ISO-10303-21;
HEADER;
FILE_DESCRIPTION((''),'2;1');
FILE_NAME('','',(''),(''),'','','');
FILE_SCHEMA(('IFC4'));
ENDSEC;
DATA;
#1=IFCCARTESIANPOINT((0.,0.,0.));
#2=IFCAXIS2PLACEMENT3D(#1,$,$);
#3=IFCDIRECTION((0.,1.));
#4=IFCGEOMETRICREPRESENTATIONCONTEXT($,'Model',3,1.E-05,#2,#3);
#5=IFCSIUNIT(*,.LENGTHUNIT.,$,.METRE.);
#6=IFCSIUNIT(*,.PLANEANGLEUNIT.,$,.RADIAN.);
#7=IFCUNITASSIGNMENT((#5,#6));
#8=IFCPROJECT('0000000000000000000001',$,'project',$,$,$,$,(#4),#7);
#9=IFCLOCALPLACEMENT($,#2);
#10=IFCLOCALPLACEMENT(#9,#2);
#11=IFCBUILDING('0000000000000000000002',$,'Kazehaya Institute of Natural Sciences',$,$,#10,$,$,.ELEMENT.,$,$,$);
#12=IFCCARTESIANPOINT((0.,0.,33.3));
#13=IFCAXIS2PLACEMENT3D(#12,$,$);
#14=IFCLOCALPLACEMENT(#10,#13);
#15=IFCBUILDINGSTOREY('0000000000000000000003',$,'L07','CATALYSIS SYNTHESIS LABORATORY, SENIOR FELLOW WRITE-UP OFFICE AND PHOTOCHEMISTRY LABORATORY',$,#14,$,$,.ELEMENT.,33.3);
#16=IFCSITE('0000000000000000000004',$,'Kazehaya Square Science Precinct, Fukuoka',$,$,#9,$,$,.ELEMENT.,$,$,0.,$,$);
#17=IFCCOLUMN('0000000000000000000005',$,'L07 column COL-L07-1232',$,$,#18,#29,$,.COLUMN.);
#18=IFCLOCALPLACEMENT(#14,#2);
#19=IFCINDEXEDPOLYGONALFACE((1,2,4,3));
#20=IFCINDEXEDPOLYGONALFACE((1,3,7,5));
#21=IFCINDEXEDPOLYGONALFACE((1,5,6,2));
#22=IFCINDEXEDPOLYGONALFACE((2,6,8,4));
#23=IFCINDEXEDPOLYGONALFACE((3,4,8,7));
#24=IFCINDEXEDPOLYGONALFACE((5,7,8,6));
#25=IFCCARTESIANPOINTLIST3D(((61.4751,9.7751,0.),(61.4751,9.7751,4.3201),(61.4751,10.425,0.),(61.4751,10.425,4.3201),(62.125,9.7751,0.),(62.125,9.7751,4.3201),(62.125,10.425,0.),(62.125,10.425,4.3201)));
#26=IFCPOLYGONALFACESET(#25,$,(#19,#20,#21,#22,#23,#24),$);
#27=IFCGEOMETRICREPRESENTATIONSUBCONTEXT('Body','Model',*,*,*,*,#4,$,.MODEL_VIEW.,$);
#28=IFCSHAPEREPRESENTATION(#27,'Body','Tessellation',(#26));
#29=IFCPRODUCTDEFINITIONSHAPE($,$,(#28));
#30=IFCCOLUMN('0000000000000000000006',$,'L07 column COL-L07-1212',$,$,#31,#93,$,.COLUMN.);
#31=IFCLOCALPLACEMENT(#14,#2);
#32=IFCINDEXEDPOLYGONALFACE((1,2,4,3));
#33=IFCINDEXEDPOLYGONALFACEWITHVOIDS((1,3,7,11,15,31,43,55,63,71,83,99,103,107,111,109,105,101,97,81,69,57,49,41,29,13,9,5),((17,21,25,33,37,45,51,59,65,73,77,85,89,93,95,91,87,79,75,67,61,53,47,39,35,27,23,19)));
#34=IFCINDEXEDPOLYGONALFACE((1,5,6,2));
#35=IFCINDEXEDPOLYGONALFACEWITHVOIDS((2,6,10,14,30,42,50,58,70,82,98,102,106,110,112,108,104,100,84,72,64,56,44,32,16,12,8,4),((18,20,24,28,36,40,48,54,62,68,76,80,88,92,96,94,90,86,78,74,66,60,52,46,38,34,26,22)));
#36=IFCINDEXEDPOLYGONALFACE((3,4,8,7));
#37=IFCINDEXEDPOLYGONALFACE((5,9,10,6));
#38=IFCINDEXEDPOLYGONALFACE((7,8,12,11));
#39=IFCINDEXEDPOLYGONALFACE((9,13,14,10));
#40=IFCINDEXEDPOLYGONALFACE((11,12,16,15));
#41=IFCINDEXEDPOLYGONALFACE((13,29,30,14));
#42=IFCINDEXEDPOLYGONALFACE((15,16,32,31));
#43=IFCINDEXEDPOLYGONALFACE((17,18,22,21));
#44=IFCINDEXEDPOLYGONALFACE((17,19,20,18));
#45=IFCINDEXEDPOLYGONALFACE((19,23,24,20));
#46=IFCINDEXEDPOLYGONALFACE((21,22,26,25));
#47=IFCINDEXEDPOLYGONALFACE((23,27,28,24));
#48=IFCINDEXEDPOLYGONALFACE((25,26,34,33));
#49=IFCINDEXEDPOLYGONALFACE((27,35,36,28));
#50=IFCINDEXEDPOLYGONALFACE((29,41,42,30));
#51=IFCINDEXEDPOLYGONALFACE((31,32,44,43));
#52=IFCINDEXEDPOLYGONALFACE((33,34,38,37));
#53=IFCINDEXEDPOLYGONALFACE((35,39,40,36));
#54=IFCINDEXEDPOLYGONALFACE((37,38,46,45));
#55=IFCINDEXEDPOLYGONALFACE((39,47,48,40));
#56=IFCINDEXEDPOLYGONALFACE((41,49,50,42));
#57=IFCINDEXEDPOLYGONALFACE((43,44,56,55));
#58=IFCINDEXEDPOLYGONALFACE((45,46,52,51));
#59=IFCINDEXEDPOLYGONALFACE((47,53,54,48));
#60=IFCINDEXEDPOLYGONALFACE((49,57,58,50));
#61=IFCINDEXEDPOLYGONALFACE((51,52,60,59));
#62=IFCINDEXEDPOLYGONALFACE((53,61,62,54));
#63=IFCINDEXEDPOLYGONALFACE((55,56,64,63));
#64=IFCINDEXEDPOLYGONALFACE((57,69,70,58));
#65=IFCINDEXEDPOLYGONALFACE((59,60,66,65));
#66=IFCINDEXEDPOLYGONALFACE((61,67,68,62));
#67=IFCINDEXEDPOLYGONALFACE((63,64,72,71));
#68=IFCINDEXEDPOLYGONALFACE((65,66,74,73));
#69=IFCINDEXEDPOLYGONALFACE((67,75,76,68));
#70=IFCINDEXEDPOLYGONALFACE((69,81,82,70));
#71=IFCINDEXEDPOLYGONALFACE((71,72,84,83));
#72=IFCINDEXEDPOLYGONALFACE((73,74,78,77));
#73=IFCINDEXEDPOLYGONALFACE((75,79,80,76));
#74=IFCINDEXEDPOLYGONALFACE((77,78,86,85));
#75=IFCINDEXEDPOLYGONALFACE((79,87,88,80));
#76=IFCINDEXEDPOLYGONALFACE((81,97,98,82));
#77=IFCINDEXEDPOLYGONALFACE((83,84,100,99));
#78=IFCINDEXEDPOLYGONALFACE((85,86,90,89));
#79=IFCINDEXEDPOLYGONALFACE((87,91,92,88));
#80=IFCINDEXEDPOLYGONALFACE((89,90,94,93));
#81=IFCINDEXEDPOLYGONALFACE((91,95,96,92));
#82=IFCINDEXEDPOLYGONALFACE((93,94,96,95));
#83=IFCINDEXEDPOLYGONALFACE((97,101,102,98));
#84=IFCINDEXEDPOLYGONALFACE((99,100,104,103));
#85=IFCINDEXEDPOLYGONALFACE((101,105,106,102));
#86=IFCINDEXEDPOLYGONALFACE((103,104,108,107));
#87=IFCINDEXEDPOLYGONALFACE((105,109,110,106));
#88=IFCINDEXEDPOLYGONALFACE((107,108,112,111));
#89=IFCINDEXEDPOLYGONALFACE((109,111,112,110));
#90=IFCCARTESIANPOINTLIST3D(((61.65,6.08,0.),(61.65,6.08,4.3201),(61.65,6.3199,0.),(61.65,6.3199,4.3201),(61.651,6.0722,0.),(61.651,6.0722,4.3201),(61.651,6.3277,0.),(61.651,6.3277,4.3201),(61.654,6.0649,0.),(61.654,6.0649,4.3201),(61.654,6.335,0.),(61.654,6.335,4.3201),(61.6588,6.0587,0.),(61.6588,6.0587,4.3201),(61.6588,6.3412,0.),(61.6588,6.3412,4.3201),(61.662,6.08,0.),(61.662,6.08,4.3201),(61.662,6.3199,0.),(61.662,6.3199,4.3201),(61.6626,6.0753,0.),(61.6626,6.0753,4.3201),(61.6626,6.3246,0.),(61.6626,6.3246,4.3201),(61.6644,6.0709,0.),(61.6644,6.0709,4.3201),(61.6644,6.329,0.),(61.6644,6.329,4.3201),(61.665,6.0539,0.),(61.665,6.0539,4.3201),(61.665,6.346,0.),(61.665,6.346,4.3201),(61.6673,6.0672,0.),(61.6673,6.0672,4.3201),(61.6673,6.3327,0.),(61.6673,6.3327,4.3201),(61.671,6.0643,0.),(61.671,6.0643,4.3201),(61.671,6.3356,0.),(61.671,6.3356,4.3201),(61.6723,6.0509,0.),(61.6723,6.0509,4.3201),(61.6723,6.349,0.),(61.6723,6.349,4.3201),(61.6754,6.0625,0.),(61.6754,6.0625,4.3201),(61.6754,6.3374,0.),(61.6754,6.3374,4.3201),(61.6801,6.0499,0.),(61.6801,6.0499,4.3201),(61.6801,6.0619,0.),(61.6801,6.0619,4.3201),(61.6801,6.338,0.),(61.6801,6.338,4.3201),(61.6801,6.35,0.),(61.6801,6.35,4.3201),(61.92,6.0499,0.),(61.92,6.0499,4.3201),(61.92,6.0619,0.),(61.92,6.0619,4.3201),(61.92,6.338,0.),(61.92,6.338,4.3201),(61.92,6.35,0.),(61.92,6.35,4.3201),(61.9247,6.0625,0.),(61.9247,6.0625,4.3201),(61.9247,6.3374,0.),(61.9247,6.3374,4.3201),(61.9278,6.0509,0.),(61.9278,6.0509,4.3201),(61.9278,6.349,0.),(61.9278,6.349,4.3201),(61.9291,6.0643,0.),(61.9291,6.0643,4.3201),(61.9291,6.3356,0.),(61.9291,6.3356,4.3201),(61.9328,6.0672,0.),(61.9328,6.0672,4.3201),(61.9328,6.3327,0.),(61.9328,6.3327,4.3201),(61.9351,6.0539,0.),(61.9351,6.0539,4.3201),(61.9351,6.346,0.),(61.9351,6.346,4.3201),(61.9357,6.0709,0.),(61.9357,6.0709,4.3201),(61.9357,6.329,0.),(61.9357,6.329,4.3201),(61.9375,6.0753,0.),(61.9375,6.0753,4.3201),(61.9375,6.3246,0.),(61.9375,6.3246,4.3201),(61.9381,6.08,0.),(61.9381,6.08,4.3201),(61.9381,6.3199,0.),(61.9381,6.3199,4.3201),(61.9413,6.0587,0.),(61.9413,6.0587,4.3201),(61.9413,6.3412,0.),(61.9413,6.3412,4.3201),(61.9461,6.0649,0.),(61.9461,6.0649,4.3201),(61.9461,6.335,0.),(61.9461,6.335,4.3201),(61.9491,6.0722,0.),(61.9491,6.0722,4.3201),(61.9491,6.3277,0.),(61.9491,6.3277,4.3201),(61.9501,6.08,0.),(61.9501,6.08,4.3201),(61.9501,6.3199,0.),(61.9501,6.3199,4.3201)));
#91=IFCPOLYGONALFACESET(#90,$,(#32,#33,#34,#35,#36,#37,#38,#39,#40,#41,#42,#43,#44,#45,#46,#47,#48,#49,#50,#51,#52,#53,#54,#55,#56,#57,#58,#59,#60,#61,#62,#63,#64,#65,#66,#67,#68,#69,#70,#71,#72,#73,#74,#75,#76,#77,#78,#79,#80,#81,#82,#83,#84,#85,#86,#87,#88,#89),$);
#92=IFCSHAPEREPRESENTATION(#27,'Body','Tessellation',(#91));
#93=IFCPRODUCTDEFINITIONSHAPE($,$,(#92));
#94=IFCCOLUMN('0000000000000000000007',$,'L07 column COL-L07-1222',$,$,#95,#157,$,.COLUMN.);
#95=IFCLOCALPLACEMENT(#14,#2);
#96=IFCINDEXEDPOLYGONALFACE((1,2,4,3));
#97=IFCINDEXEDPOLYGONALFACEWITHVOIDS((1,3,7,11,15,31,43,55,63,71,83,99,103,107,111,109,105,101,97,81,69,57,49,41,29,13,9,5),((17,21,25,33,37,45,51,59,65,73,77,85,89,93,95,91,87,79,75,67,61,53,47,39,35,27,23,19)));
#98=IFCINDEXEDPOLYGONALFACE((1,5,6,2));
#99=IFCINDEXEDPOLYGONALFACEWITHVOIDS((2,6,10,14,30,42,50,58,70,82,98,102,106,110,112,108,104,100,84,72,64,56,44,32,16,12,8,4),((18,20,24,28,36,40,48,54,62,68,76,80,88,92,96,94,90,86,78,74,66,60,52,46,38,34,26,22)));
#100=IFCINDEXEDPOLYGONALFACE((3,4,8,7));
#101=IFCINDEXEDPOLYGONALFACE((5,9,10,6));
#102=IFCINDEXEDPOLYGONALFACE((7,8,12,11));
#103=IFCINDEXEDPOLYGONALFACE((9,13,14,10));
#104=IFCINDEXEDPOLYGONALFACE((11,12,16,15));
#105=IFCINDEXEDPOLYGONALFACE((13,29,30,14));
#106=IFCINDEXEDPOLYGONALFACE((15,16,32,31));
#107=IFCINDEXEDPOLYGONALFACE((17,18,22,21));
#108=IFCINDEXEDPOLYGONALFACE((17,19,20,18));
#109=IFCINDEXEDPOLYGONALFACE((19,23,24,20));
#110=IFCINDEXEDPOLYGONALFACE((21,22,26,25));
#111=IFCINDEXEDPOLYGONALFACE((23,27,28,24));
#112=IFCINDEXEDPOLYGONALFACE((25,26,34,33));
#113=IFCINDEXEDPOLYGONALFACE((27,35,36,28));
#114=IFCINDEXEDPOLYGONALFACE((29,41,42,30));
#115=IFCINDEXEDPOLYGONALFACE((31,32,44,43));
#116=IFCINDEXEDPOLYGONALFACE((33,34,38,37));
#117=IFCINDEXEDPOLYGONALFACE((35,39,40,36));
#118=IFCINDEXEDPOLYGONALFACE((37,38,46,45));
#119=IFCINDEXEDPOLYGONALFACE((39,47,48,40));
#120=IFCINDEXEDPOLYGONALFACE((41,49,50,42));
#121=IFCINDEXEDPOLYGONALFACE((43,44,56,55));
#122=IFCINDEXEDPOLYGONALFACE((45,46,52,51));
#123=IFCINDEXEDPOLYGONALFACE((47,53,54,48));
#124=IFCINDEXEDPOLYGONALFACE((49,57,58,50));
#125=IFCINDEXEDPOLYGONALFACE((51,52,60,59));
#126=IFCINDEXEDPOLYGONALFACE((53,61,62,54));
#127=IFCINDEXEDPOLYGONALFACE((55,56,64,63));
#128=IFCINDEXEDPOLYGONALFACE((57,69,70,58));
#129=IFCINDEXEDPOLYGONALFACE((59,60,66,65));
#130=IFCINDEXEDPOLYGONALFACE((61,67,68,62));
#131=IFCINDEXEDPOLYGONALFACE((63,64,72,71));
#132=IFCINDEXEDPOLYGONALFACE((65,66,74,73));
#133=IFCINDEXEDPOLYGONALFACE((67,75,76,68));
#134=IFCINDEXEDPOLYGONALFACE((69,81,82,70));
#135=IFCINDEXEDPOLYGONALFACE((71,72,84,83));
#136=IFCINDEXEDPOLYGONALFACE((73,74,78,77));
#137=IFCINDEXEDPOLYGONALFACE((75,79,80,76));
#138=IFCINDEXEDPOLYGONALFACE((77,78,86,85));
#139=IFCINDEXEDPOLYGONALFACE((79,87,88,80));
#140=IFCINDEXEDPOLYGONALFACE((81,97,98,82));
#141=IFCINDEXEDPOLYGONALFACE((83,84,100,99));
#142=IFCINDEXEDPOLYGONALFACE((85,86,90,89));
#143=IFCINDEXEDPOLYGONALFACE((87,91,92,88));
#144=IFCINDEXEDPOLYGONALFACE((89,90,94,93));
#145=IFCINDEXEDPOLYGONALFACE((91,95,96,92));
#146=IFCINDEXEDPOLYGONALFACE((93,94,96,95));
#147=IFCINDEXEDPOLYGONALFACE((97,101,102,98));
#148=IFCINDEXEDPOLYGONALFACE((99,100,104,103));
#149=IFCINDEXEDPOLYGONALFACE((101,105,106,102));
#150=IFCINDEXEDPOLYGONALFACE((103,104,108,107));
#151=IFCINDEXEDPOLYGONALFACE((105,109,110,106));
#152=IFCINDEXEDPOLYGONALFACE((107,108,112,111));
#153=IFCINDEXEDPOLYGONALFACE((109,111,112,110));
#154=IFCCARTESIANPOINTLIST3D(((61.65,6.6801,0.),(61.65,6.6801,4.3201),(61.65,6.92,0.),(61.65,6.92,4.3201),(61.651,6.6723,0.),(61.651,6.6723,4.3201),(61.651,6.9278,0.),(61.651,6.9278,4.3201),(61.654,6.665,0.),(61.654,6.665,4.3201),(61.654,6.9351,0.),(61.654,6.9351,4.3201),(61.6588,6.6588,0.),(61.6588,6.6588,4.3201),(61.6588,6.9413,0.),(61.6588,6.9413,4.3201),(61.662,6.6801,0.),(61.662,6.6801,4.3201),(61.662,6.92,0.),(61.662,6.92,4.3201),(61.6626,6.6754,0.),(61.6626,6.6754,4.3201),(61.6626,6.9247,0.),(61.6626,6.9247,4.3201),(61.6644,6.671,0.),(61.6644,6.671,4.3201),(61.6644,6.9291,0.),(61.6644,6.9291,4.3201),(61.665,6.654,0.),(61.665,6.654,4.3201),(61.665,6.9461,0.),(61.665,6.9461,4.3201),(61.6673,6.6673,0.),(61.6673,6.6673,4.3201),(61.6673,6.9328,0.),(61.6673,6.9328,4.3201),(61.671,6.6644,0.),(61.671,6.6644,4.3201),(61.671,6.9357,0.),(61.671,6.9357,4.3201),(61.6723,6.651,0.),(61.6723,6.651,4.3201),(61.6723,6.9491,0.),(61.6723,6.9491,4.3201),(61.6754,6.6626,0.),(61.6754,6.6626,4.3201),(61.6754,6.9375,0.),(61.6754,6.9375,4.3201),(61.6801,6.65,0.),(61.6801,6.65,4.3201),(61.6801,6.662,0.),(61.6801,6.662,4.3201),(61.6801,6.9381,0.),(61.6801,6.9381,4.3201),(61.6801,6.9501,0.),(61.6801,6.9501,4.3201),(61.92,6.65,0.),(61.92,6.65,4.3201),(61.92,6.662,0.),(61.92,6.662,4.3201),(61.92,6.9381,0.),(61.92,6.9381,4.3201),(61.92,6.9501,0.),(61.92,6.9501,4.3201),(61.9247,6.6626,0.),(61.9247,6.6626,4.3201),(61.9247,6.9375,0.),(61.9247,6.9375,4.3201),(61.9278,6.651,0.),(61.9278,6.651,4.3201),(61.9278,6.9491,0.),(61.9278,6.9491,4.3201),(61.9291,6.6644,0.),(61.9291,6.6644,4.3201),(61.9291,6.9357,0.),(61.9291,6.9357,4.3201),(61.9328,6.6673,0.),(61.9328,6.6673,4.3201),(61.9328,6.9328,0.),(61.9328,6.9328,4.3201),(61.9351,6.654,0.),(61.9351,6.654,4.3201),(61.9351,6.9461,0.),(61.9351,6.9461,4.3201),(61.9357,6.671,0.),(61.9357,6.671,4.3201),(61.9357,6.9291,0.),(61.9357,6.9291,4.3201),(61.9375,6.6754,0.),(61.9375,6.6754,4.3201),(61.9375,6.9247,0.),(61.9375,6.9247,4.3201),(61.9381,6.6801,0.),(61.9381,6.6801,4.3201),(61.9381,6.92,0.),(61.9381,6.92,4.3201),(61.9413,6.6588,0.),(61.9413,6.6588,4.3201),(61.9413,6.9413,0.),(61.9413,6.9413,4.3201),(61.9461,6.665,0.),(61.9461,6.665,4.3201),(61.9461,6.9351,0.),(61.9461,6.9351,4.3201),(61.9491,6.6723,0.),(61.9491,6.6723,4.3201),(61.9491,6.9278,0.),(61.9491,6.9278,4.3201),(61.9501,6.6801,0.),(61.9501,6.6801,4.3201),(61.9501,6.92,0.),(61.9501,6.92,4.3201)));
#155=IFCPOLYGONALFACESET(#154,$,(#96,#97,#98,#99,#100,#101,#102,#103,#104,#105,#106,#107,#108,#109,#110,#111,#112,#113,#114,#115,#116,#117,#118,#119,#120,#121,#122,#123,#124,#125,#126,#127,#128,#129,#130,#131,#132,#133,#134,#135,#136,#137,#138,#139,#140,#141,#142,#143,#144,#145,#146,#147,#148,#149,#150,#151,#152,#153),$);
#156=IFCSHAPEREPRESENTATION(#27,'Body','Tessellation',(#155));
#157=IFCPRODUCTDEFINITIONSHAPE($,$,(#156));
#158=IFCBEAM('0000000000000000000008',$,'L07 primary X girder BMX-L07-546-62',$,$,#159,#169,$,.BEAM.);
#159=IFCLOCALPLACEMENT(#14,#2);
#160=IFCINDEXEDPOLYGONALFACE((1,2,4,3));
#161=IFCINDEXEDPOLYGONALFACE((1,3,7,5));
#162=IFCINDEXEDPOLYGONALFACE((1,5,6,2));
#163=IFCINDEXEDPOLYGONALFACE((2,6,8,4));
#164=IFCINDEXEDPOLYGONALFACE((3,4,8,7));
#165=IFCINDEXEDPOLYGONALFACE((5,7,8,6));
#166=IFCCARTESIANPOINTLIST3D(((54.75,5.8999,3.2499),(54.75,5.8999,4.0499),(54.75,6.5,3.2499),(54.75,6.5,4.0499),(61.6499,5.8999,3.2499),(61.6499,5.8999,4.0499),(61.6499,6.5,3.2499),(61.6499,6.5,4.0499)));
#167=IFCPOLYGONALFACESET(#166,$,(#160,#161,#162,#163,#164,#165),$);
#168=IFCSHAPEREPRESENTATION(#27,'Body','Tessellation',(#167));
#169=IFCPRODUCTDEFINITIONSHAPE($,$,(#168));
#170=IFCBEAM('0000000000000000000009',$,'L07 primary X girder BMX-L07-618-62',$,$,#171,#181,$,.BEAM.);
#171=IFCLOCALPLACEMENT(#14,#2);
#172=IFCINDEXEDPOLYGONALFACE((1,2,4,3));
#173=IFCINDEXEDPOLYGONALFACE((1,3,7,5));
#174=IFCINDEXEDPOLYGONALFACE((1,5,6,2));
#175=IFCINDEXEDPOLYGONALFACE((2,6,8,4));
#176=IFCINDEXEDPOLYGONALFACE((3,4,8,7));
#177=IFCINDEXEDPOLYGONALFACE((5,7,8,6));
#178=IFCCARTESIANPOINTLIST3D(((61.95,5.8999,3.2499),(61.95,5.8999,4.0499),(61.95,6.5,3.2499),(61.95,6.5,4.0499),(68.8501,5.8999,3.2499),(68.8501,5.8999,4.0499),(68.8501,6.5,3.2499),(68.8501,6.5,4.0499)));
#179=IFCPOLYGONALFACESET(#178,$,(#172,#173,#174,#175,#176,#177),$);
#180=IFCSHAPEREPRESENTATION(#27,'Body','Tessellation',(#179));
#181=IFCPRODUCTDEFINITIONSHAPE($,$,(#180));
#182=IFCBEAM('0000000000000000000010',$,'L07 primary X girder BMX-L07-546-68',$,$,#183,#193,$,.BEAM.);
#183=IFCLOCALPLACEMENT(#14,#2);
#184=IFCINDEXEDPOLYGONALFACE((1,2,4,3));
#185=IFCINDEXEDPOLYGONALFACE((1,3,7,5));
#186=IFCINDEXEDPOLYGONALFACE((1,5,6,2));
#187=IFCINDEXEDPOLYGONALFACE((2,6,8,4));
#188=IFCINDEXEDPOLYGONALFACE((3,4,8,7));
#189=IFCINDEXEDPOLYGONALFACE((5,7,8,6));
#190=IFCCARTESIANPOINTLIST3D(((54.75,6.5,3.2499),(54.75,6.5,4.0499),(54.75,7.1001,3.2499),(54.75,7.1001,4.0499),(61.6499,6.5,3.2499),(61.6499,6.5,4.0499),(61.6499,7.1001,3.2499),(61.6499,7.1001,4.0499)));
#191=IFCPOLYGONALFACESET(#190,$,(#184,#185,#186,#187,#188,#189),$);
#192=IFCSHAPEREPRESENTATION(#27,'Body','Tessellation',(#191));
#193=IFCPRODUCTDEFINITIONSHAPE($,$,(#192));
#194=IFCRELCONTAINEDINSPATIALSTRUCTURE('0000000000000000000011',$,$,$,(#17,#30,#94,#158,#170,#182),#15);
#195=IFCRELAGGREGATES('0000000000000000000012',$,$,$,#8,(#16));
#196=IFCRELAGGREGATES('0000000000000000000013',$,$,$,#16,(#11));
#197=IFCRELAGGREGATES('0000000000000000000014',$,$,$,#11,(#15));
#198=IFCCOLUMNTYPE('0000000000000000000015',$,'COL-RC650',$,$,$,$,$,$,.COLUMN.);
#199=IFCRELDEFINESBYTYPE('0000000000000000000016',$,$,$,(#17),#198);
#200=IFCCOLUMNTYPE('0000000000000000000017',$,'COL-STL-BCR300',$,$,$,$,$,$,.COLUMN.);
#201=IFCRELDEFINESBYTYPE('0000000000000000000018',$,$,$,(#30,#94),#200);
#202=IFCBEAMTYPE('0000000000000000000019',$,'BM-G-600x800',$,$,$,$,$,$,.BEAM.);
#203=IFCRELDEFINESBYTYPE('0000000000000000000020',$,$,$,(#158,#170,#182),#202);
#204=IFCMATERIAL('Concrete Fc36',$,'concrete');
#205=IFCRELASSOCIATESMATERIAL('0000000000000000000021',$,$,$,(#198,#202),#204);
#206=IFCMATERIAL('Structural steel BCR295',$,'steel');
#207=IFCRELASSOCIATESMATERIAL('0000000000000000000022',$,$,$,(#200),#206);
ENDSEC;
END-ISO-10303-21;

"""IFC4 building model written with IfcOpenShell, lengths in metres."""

from ifc_helpers import new_model, si_unit, direction, frame, origin, origin_2d, place, context, subcontext, project, spatial, rectangle, hollow_rectangle, extrude, material, material_profile, profile_set, type_object, element, save


model = new_model("IFC4")

# Units and contexts
model_context = context("Model", 3, precision=1e-05, world=origin(), true_north=direction((0.0, 1.0)))
body_context = subcontext(model_context, "Body", "Model", "MODEL_VIEW")
ifc_project = project(units=[si_unit("LENGTHUNIT", "METRE"), si_unit("PLANEANGLEUNIT", "RADIAN")], contexts=[model_context])

# Site, building, storey
site_placement = place(None, origin())
site = spatial("IfcSite", under=ifc_project, at=site_placement, Name="Kazehaya Square Science Precinct, Fukuoka", CompositionType="ELEMENT", RefElevation=0.0)
building_placement = place(site_placement, origin())
building = spatial("IfcBuilding", under=site, at=building_placement, Name="Kazehaya Institute of Natural Sciences", CompositionType="ELEMENT")
storey_placement = place(building_placement, frame((0.0, 0.0, 33.3)))
storey = spatial("IfcBuildingStorey", under=building, at=storey_placement, Name="L07", Description="CATALYSIS SYNTHESIS LABORATORY, SENIOR FELLOW WRITE-UP OFFICE AND PHOTOCHEMISTRY LABORATORY", CompositionType="ELEMENT", Elevation=33.3)

# Columns
ifc_material_1 = material(Name="Concrete Fc36", Category="concrete")
ifc_material_profile_1 = material_profile(ifc_material_1, rectangle(XDim=0.6499, YDim=0.6499, at=origin_2d()), Name="RC-650x650")
ifc_profile_set_1 = profile_set([ifc_material_profile_1], Name="Concrete Fc36")
column_type_1 = type_object("IfcColumnType", Name="COL-RC650", PredefinedType="COLUMN", material=ifc_profile_set_1)
column_placement = place(storey_placement, frame((61.8, 10.1001, 0.0), z_axis=(0.0, 0.0, 1.0), x_axis=(1.0, 0.0, 0.0)))
element("IfcColumn", 1, at=column_placement, inside=storey, type_object=column_type_1, Name="L07 column COL-L07-1232", PredefinedType="COLUMN", context=body_context, shape_type="SweptSolid", body=[
    extrude(rectangle(XDim=0.6499, YDim=0.6499, at=origin_2d()), origin(), (0.0, 0.0, 1.0), 4.3201),
])
ifc_material_2 = material(Name="Structural steel BCR295", Category="steel")
ifc_material_profile_2 = material_profile(ifc_material_2, hollow_rectangle(XDim=0.3, YDim=0.3, WallThickness=0.012, InnerFilletRadius=0.0181, OuterFilletRadius=0.03, at=origin_2d()), Name="BCR-300x300x12")
ifc_profile_set_2 = profile_set([ifc_material_profile_2], Name="Structural steel BCR295")
column_type_2 = type_object("IfcColumnType", Name="COL-STL-BCR300", PredefinedType="COLUMN", material=ifc_profile_set_2)
for number, where, z_axis, x_axis, name in (
    (2, (61.8, 6.2, 0.0), (0.0, 0.0, 1.0), (1.0, 0.0, 0.0), "L07 column COL-L07-1212"),
    (3, (61.8, 6.8, 0.0), (0.0, 0.0, 1.0), (1.0, 0.0, 0.0), "L07 column COL-L07-1222"),
):
    element("IfcColumn", number, at=place(storey_placement, frame(where, z_axis=z_axis, x_axis=x_axis)), inside=storey, type_object=column_type_2, Name=name, PredefinedType="COLUMN", context=body_context, shape_type="SweptSolid", body=[
        extrude(hollow_rectangle(XDim=0.3, YDim=0.3, WallThickness=0.012, InnerFilletRadius=0.0181, OuterFilletRadius=0.03, at=origin_2d()), origin(), (0.0, 0.0, 1.0), 4.3201),
    ])

# Beams
ifc_material_profile_3 = material_profile(ifc_material_1, rectangle(XDim=0.6001, YDim=0.8, at=origin_2d()), Name="RC-600x800")
ifc_profile_set_3 = profile_set([ifc_material_profile_3], Name="Concrete Fc36")
beam_type = type_object("IfcBeamType", Name="BM-G-600x800", PredefinedType="BEAM", material=ifc_profile_set_3)
beam_1_placement = place(storey_placement, frame((54.75, 6.2, 3.6499), z_axis=(1.0, 0.0, 0.0), x_axis=(0.0, 1.0, 0.0)))
element("IfcBeam", 4, at=beam_1_placement, inside=storey, type_object=beam_type, Name="L07 primary X girder BMX-L07-546-62", PredefinedType="BEAM", context=body_context, shape_type="SweptSolid", body=[
    extrude(rectangle(XDim=0.6001, YDim=0.8, at=origin_2d()), origin(), (0.0, 0.0, 1.0), 6.8999),
])
beam_2_placement = place(storey_placement, frame((61.95, 6.2, 3.6499), z_axis=(1.0, 0.0, 0.0), x_axis=(0.0, 1.0, 0.0)))
element("IfcBeam", 5, at=beam_2_placement, inside=storey, type_object=beam_type, Name="L07 primary X girder BMX-L07-618-62", PredefinedType="BEAM", context=body_context, shape_type="SweptSolid", body=[
    extrude(rectangle(XDim=0.6001, YDim=0.8, at=origin_2d()), origin(), (0.0, 0.0, 1.0), 6.9001),
])
beam_3_placement = place(storey_placement, frame((54.75, 6.8, 3.6499), z_axis=(1.0, 0.0, 0.0), x_axis=(0.0, 1.0, 0.0)))
element("IfcBeam", 6, at=beam_3_placement, inside=storey, type_object=beam_type, Name="L07 primary X girder BMX-L07-546-68", PredefinedType="BEAM", context=body_context, shape_type="SweptSolid", body=[
    extrude(rectangle(XDim=0.6001, YDim=0.8, at=origin_2d()), origin(), (0.0, 0.0, 1.0), 6.8999),
])

save(model, "model.ifc")
